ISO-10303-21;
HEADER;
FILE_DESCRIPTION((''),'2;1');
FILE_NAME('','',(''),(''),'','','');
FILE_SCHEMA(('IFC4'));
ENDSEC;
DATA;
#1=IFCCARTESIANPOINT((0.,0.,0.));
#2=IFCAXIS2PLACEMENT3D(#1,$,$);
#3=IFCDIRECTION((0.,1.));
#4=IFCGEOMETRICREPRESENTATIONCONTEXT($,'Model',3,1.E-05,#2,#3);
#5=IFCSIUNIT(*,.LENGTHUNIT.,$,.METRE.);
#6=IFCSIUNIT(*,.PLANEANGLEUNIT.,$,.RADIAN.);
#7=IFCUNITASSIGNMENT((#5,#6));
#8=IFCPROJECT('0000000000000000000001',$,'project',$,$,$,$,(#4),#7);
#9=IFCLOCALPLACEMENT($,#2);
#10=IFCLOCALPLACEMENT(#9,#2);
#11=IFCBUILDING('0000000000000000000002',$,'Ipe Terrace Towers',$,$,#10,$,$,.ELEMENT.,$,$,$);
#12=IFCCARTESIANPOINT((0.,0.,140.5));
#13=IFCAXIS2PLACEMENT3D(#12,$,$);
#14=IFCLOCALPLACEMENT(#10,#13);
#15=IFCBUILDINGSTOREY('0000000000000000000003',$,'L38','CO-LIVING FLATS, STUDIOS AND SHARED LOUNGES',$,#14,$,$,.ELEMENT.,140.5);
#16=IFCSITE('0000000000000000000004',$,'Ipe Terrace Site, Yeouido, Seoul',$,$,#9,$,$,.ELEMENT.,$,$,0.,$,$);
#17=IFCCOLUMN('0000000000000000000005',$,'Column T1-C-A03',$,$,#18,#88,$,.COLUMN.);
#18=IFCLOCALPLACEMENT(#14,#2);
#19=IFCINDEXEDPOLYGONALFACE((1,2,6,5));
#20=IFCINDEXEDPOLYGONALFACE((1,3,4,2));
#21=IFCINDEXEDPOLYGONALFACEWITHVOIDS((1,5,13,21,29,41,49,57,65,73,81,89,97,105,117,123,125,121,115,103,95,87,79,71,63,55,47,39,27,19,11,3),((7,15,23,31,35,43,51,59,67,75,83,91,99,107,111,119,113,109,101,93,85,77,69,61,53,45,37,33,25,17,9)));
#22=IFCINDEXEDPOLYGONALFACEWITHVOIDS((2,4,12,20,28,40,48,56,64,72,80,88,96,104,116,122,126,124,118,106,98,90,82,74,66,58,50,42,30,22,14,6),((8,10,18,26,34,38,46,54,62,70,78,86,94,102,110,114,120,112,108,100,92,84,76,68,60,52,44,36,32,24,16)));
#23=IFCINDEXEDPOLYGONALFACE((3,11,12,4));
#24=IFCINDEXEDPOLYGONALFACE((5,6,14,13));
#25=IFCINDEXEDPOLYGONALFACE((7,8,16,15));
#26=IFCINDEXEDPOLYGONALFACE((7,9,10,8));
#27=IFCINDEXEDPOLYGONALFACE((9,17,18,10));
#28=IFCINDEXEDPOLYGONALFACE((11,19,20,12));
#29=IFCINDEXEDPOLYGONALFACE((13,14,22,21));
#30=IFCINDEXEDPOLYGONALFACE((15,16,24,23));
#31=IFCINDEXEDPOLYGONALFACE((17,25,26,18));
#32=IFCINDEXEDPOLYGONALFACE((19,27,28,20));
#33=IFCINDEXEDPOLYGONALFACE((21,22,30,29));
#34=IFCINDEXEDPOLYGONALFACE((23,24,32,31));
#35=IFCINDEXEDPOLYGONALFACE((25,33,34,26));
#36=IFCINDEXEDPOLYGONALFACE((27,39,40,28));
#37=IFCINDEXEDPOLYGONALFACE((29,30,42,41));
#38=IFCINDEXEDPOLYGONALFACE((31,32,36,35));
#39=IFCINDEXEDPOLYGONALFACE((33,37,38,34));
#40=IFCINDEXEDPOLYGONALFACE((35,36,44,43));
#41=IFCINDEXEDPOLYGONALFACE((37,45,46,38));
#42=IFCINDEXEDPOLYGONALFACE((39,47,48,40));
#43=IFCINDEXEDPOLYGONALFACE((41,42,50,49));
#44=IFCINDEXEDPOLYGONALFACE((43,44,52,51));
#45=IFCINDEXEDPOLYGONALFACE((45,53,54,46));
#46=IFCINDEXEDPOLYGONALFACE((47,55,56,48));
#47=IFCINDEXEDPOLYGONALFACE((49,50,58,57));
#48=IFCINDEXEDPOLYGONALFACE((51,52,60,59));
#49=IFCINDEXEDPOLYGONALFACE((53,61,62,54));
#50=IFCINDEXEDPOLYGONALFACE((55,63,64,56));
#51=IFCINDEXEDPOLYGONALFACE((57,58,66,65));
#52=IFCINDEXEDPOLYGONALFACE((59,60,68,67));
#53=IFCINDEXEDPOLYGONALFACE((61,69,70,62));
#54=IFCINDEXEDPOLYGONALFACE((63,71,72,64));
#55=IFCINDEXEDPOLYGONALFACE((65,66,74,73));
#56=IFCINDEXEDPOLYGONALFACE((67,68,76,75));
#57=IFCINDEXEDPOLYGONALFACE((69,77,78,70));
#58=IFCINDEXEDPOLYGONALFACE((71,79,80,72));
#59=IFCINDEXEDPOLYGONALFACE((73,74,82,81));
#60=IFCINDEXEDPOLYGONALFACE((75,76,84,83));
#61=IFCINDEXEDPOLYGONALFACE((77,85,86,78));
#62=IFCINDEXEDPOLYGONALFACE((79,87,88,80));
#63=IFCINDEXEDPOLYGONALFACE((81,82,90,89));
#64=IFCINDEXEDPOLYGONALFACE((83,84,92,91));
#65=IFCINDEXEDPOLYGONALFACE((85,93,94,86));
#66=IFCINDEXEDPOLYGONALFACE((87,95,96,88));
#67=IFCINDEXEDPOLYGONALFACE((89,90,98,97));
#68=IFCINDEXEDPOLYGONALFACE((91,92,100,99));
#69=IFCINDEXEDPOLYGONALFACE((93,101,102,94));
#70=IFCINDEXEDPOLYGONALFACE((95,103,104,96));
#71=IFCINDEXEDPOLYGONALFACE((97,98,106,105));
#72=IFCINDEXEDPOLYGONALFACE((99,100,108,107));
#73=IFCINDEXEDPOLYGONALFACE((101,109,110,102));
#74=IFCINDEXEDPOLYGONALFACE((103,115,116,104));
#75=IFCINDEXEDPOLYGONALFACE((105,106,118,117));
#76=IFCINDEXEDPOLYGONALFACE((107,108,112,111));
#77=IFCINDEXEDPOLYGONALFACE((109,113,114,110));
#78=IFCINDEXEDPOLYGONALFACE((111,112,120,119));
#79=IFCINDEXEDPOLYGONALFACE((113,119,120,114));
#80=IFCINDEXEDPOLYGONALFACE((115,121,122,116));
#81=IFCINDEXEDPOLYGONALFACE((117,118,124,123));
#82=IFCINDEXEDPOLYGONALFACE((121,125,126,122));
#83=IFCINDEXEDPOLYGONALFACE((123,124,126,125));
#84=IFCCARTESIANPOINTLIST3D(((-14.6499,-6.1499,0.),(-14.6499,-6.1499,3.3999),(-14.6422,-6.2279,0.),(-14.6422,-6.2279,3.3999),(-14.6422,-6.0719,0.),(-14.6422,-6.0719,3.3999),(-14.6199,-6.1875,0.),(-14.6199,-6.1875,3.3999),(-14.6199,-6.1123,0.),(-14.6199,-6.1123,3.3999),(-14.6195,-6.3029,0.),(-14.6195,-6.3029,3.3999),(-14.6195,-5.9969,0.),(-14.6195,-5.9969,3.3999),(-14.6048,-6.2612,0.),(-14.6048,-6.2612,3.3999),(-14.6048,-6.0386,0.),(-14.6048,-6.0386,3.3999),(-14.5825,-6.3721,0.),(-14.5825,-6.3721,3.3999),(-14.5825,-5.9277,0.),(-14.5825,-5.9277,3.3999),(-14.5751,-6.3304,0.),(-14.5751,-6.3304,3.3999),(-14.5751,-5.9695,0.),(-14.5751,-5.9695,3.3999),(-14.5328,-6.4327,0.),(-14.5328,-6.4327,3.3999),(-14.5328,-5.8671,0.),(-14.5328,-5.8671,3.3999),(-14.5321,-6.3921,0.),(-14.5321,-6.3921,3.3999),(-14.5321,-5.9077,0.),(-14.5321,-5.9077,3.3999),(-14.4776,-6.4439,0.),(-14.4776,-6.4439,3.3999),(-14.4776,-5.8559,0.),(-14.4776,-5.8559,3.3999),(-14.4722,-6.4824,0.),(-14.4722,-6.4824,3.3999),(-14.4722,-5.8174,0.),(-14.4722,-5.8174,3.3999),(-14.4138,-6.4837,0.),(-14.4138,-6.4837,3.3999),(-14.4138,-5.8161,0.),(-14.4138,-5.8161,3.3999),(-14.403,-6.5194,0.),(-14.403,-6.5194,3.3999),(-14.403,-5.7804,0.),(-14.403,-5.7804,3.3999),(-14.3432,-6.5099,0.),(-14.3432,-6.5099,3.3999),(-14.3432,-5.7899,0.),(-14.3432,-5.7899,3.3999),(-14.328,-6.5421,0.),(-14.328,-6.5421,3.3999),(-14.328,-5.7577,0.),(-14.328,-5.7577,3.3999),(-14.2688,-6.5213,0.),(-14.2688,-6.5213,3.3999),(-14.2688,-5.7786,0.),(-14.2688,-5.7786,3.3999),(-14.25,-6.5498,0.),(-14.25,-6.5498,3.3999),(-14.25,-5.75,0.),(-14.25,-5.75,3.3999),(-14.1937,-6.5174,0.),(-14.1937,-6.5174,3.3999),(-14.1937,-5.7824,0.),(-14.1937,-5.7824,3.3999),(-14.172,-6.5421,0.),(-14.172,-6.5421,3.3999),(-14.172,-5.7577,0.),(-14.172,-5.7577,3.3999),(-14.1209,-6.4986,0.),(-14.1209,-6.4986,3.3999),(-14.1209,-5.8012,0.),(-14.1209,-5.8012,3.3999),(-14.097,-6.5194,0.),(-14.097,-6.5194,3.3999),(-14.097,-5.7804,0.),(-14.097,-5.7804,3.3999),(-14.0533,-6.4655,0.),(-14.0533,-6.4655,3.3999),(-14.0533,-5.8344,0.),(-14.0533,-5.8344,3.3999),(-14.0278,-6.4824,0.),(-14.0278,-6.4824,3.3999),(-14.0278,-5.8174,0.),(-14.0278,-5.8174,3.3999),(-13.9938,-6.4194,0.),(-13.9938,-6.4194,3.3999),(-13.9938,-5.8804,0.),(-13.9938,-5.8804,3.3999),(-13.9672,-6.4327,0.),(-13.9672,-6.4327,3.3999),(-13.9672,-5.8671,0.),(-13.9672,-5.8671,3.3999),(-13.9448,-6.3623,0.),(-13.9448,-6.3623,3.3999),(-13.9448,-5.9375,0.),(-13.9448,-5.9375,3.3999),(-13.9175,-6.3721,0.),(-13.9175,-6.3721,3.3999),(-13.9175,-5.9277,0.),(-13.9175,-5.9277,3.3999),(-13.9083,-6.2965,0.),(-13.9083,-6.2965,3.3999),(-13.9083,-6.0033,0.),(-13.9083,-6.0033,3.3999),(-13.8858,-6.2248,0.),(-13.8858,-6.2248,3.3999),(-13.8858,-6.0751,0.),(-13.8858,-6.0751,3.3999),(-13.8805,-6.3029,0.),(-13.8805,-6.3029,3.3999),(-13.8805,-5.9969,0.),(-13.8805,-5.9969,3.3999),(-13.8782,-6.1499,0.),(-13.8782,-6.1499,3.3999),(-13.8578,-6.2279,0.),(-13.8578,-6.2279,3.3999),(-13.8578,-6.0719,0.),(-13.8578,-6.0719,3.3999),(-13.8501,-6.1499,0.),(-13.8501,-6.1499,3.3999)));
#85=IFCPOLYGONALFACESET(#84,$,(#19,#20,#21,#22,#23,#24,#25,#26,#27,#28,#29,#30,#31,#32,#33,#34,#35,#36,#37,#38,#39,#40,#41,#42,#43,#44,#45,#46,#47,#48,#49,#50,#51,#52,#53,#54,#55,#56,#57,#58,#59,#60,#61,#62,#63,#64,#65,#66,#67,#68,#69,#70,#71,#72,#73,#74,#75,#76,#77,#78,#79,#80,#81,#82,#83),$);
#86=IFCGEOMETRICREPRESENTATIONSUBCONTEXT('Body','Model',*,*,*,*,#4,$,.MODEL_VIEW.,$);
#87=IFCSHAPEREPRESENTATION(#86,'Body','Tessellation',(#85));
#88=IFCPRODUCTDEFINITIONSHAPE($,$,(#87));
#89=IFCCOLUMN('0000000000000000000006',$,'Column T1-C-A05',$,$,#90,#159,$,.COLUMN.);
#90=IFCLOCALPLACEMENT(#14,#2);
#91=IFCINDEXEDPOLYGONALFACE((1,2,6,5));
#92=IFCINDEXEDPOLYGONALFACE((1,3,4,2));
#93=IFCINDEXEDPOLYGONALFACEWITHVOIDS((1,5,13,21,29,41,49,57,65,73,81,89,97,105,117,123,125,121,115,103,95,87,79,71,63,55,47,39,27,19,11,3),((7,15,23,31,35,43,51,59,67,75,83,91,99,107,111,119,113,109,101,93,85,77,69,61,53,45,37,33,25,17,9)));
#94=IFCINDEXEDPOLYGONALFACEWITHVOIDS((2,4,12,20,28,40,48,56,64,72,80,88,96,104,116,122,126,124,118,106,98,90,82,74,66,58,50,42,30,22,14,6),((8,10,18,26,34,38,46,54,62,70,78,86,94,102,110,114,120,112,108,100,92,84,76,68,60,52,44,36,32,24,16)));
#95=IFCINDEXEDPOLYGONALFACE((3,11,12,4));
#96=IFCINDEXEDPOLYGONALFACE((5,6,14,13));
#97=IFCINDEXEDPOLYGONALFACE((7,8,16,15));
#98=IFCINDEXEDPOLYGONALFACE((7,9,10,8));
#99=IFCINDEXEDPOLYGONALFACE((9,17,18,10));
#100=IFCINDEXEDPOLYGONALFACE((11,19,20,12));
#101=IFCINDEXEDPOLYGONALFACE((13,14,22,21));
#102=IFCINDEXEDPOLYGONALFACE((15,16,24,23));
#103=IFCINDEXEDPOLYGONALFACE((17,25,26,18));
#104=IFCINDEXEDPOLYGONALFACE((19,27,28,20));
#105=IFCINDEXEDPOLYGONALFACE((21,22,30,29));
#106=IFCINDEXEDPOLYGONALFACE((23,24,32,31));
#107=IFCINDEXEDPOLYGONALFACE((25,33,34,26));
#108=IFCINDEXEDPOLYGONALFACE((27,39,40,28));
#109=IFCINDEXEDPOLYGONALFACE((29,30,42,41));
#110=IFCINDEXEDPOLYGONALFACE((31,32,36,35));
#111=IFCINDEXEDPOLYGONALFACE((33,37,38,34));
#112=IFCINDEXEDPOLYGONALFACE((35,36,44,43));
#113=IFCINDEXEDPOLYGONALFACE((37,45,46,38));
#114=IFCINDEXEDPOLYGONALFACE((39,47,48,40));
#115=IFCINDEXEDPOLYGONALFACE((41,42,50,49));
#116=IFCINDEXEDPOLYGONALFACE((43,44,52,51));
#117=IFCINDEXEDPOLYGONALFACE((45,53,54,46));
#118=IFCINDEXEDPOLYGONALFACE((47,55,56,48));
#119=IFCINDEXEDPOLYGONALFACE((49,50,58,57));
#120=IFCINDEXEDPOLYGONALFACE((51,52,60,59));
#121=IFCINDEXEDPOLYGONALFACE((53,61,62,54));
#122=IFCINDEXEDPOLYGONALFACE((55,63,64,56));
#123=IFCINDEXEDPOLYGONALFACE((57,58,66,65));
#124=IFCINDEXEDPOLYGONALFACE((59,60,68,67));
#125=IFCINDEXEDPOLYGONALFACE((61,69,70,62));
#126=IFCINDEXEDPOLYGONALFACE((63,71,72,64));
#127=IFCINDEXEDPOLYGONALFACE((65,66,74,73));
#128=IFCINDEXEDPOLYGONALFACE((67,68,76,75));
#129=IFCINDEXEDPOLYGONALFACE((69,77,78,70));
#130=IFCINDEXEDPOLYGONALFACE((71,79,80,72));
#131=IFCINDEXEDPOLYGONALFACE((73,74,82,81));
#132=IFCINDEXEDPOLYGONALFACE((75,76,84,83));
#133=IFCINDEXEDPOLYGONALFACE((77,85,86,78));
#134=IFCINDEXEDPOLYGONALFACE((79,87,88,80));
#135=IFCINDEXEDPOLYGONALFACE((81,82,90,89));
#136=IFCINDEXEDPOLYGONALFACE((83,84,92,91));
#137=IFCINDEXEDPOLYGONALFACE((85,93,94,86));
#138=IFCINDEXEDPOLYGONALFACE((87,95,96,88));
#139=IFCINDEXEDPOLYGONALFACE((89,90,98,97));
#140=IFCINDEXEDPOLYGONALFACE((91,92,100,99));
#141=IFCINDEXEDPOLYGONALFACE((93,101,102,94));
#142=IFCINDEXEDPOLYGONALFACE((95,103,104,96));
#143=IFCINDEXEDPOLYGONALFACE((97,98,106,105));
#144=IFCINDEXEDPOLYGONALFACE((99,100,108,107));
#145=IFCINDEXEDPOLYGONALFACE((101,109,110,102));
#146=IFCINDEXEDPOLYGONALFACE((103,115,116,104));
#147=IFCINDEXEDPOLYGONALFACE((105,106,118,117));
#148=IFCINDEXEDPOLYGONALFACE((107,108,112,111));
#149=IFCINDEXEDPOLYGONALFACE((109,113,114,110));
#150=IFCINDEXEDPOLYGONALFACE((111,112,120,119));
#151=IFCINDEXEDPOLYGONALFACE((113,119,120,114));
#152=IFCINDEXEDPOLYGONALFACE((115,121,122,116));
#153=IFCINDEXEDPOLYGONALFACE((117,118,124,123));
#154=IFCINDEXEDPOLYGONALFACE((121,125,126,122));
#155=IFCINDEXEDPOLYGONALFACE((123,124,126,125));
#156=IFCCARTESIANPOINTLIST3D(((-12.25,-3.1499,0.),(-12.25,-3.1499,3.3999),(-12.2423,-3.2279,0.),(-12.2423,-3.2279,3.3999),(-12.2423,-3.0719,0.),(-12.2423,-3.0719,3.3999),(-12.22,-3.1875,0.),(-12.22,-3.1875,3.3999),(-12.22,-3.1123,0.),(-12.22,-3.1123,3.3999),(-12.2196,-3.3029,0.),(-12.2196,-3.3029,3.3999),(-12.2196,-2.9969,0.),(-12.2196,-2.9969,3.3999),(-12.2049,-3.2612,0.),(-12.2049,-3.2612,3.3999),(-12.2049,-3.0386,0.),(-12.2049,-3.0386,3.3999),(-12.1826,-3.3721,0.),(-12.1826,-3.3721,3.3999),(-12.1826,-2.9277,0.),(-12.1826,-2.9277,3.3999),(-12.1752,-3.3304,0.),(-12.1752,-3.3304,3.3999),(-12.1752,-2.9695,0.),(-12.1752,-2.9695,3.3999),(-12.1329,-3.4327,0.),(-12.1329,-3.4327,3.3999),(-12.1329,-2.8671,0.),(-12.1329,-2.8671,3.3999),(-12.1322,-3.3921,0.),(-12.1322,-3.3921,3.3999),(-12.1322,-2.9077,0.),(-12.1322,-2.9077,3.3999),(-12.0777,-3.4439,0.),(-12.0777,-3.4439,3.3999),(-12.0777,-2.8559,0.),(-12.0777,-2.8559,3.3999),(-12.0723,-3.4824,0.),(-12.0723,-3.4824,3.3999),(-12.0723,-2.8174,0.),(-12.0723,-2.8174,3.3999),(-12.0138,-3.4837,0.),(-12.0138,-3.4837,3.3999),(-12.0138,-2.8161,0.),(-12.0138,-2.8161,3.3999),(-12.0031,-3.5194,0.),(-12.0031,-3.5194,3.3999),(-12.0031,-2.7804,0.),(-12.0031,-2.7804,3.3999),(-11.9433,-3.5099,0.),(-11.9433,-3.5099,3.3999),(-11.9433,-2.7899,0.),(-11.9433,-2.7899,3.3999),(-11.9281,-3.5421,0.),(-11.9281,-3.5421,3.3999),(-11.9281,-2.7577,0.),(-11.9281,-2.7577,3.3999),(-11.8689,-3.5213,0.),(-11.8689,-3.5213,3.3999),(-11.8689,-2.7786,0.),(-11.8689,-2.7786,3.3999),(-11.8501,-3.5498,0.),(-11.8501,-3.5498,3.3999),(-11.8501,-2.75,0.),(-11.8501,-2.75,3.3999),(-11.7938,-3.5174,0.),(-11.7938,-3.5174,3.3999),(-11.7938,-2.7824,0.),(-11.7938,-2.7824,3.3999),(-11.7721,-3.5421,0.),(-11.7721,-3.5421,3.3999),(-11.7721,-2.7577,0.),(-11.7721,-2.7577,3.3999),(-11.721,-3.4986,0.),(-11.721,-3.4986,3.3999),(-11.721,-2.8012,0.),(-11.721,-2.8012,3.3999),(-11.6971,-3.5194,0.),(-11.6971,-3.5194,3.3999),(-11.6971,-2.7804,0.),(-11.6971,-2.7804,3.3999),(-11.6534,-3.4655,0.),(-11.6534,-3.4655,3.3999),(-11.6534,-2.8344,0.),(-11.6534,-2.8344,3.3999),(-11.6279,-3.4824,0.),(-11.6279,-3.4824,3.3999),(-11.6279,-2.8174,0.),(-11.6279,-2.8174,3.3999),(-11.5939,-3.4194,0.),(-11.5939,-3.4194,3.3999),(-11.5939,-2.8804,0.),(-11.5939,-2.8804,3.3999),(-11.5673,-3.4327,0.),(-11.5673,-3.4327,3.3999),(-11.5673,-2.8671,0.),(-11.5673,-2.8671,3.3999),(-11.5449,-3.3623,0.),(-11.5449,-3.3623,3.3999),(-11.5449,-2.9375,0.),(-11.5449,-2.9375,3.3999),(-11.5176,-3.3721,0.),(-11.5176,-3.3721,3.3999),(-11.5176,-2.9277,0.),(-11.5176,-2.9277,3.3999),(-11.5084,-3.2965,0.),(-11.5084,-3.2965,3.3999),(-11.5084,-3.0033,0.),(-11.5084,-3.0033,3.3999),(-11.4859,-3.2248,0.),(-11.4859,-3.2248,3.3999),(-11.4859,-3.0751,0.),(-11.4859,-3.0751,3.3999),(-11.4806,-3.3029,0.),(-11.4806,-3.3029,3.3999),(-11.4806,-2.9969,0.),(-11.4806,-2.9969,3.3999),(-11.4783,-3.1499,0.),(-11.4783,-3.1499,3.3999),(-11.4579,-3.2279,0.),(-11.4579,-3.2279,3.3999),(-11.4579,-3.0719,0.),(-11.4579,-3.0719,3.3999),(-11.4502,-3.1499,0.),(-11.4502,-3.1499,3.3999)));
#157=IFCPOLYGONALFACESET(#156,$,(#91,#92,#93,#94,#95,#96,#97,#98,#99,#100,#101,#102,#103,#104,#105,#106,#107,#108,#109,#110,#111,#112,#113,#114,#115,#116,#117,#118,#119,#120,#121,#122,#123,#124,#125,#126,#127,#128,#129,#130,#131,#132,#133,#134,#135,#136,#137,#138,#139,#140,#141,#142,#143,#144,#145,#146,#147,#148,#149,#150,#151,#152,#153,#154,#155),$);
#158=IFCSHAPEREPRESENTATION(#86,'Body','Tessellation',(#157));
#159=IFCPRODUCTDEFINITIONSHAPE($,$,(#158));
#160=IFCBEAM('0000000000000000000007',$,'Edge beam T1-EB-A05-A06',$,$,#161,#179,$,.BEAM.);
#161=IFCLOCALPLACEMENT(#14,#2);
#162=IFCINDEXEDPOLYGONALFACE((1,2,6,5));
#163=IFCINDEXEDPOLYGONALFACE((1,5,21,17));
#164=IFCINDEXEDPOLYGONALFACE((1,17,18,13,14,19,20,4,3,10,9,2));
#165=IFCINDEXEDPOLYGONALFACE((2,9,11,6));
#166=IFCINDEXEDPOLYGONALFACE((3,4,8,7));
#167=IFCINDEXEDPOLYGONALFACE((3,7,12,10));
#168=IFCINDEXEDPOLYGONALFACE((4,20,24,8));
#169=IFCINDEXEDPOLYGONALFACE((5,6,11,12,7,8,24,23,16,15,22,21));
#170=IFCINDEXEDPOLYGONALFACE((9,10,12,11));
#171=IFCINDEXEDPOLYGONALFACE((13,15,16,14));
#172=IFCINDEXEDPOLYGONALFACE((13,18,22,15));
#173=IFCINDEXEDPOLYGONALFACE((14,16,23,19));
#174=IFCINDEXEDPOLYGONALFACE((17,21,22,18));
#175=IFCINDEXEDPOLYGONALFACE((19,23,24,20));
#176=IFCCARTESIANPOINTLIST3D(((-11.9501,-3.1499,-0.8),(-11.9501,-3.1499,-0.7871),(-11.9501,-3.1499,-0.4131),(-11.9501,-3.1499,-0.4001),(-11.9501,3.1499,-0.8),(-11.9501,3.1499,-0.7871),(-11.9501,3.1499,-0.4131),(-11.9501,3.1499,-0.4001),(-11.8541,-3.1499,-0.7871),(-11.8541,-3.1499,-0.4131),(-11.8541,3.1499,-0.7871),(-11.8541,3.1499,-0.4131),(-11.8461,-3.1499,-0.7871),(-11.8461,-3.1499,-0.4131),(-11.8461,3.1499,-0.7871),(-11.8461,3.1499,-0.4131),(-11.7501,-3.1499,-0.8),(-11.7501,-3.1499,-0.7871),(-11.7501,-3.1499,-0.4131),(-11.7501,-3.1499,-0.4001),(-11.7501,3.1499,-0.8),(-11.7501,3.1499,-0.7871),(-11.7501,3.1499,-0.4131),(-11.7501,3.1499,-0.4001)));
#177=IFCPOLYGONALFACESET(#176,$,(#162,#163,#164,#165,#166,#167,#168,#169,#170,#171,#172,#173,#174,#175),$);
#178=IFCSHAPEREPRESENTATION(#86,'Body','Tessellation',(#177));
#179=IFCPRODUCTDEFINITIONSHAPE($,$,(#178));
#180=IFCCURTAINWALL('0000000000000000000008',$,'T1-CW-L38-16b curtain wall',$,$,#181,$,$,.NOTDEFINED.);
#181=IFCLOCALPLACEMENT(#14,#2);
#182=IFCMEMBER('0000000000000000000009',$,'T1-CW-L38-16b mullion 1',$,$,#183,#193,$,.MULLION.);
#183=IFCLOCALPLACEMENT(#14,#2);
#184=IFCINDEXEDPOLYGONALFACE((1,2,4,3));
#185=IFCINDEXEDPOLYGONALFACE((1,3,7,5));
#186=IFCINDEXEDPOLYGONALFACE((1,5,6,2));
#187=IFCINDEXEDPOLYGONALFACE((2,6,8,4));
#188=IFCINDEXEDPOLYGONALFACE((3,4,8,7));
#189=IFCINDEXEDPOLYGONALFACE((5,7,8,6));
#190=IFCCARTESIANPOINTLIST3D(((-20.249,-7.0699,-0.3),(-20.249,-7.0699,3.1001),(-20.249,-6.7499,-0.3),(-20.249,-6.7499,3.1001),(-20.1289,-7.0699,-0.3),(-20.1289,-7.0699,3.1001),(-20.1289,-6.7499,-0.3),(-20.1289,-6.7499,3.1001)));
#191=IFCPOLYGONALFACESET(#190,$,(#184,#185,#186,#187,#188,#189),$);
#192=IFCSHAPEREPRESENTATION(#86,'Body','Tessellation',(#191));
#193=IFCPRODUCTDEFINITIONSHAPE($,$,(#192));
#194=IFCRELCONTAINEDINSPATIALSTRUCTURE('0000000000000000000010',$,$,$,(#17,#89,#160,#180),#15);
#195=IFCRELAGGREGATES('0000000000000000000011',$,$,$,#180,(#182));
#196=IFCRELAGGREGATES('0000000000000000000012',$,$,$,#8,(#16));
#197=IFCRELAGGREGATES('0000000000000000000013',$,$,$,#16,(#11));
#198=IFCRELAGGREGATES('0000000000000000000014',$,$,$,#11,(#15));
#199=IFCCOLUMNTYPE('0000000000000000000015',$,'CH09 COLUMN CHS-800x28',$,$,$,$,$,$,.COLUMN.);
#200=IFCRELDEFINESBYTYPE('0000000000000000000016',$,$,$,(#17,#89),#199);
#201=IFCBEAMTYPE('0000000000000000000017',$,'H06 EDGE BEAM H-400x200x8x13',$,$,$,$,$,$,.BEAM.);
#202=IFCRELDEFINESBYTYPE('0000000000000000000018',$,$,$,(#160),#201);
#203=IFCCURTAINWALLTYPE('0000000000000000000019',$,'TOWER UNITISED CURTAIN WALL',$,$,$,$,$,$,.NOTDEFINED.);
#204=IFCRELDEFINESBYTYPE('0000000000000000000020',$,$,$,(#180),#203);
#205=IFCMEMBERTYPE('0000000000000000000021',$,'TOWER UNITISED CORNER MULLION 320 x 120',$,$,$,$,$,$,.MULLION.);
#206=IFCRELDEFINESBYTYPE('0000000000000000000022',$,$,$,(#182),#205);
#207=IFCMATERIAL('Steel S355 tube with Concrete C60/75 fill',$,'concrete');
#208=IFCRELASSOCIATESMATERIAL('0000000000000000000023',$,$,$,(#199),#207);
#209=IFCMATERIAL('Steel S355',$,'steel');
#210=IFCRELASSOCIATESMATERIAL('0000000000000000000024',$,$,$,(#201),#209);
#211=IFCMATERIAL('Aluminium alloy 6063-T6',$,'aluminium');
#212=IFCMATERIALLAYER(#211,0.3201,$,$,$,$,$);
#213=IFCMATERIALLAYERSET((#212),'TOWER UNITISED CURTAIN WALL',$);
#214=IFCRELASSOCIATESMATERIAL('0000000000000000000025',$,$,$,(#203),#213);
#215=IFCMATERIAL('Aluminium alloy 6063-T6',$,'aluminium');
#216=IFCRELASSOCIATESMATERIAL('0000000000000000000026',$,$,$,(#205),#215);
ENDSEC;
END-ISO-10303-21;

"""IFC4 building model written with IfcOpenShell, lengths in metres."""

from ifc_helpers import new_model, si_unit, direction, frame, origin, origin_2d, place, context, subcontext, project, spatial, rectangle, hollow_circle, i_section, extrude, material, layer, layer_set, material_profile, profile_set, type_object, element, aggregate, save


model = new_model("IFC4")

# Units and contexts
model_context = context("Model", 3, precision=1e-05, world=origin(), true_north=direction((0.0, 1.0)))
body_context = subcontext(model_context, "Body", "Model", "MODEL_VIEW")
ifc_project = project(units=[si_unit("LENGTHUNIT", "METRE"), si_unit("PLANEANGLEUNIT", "RADIAN")], contexts=[model_context])

# Site, building, storey
site_placement = place(None, origin())
site = spatial("IfcSite", under=ifc_project, at=site_placement, Name="Ipe Terrace Site, Yeouido, Seoul", CompositionType="ELEMENT", RefElevation=0.0)
building_placement = place(site_placement, origin())
building = spatial("IfcBuilding", under=site, at=building_placement, Name="Ipe Terrace Towers", CompositionType="ELEMENT")
storey_placement = place(building_placement, frame((0.0, 0.0, 140.5)))
storey = spatial("IfcBuildingStorey", under=building, at=storey_placement, Name="L38", Description="CO-LIVING FLATS, STUDIOS AND SHARED LOUNGES", CompositionType="ELEMENT", Elevation=140.5)

# Columns
ifc_material_1 = material(Name="Steel S355 tube with Concrete C60/75 fill", Category="concrete")
ifc_material_profile_1 = material_profile(ifc_material_1, hollow_circle(Radius=0.3999, WallThickness=0.0281, at=origin_2d()), Name="CHS-800x28")
ifc_profile_set_1 = profile_set([ifc_material_profile_1], Name="Steel S355 tube with Concrete C60/75 fill")
column_type = type_object("IfcColumnType", Name="CH09 COLUMN CHS-800x28", PredefinedType="COLUMN", material=ifc_profile_set_1)
for number, where, z_axis, x_axis, name in (
    (1, (-14.25, -6.1499, 0.0), (0.0, 0.0, 1.0), (1.0, 0.0, 0.0), "Column T1-C-A03"),
    (2, (-11.8501, -3.1499, 0.0), (0.0, 0.0, 1.0), (1.0, 0.0, 0.0), "Column T1-C-A05"),
):
    element("IfcColumn", number, at=place(storey_placement, frame(where, z_axis=z_axis, x_axis=x_axis)), inside=storey, type_object=column_type, Name=name, PredefinedType="COLUMN", context=body_context, shape_type="SweptSolid", body=[
        extrude(hollow_circle(Radius=0.3999, WallThickness=0.0281, at=origin_2d()), origin(), (0.0, 0.0, 1.0), 3.3999),
    ])

# Beam
ifc_material_2 = material(Name="Steel S355", Category="steel")
ifc_material_profile_2 = material_profile(ifc_material_2, i_section(OverallWidth=0.2, OverallDepth=0.3999, WebThickness=0.0081, FlangeThickness=0.0129, at=origin_2d()), Name="H-400x200x8x13")
ifc_profile_set_2 = profile_set([ifc_material_profile_2], Name="Steel S355")
beam_type = type_object("IfcBeamType", Name="H06 EDGE BEAM H-400x200x8x13", PredefinedType="BEAM", material=ifc_profile_set_2)
beam_placement = place(storey_placement, frame((-11.8501, -3.1499, -0.6001), z_axis=(0.0, 1.0, 0.0), x_axis=(-1.0, 0.0, 0.0)))
element("IfcBeam", 3, at=beam_placement, inside=storey, type_object=beam_type, Name="Edge beam T1-EB-A05-A06", PredefinedType="BEAM", context=body_context, shape_type="SweptSolid", body=[
    extrude(i_section(OverallWidth=0.2, OverallDepth=0.3999, WebThickness=0.0081, FlangeThickness=0.0129, at=origin_2d()), origin(), (0.0, 0.0, 1.0), 6.2998),
])

# Curtain wall, member
ifc_material_3 = material(Name="Aluminium alloy 6063-T6", Category="aluminium")
ifc_layer_1 = layer(ifc_material_3, 0.3201)
ifc_layer_set_1 = layer_set([ifc_layer_1], Name="TOWER UNITISED CURTAIN WALL")
curtain_wall_type = type_object("IfcCurtainWallType", Name="TOWER UNITISED CURTAIN WALL", PredefinedType="NOTDEFINED", material=ifc_layer_set_1)
curtain_wall_1_placement = place(storey_placement, origin())
curtain_wall_1 = element("IfcCurtainWall", 4, at=curtain_wall_1_placement, inside=storey, type_object=curtain_wall_type, Name="T1-CW-L38-16b curtain wall", PredefinedType="NOTDEFINED")
ifc_material_4 = material(Name="Aluminium alloy 6063-T6", Category="aluminium")
ifc_material_profile_3 = material_profile(ifc_material_4, rectangle(XDim=0.3201, YDim=0.1201, at=origin_2d()), Name="TOWER UNITISED CORNER MULLION 320 x 120")
ifc_profile_set_3 = profile_set([ifc_material_profile_3], Name="Aluminium alloy 6063-T6")
member_type_1 = type_object("IfcMemberType", Name="TOWER UNITISED CORNER MULLION 320 x 120", PredefinedType="MULLION", material=ifc_profile_set_3)
member_1_placement = place(storey_placement, frame((-20.189, -6.9099, -0.3), z_axis=(0.0, 0.0, 1.0), x_axis=(0.0, -1.0, 0.0)))
member_1 = element("IfcMember", 5, at=member_1_placement, type_object=member_type_1, Name="T1-CW-L38-16b mullion 1", PredefinedType="MULLION", context=body_context, shape_type="SweptSolid", body=[
    extrude(rectangle(XDim=0.3201, YDim=0.1201, at=origin_2d()), origin(), (0.0, 0.0, 1.0), 3.4001),
])

aggregate(curtain_wall_1, [member_1])

save(model, "model.ifc")
